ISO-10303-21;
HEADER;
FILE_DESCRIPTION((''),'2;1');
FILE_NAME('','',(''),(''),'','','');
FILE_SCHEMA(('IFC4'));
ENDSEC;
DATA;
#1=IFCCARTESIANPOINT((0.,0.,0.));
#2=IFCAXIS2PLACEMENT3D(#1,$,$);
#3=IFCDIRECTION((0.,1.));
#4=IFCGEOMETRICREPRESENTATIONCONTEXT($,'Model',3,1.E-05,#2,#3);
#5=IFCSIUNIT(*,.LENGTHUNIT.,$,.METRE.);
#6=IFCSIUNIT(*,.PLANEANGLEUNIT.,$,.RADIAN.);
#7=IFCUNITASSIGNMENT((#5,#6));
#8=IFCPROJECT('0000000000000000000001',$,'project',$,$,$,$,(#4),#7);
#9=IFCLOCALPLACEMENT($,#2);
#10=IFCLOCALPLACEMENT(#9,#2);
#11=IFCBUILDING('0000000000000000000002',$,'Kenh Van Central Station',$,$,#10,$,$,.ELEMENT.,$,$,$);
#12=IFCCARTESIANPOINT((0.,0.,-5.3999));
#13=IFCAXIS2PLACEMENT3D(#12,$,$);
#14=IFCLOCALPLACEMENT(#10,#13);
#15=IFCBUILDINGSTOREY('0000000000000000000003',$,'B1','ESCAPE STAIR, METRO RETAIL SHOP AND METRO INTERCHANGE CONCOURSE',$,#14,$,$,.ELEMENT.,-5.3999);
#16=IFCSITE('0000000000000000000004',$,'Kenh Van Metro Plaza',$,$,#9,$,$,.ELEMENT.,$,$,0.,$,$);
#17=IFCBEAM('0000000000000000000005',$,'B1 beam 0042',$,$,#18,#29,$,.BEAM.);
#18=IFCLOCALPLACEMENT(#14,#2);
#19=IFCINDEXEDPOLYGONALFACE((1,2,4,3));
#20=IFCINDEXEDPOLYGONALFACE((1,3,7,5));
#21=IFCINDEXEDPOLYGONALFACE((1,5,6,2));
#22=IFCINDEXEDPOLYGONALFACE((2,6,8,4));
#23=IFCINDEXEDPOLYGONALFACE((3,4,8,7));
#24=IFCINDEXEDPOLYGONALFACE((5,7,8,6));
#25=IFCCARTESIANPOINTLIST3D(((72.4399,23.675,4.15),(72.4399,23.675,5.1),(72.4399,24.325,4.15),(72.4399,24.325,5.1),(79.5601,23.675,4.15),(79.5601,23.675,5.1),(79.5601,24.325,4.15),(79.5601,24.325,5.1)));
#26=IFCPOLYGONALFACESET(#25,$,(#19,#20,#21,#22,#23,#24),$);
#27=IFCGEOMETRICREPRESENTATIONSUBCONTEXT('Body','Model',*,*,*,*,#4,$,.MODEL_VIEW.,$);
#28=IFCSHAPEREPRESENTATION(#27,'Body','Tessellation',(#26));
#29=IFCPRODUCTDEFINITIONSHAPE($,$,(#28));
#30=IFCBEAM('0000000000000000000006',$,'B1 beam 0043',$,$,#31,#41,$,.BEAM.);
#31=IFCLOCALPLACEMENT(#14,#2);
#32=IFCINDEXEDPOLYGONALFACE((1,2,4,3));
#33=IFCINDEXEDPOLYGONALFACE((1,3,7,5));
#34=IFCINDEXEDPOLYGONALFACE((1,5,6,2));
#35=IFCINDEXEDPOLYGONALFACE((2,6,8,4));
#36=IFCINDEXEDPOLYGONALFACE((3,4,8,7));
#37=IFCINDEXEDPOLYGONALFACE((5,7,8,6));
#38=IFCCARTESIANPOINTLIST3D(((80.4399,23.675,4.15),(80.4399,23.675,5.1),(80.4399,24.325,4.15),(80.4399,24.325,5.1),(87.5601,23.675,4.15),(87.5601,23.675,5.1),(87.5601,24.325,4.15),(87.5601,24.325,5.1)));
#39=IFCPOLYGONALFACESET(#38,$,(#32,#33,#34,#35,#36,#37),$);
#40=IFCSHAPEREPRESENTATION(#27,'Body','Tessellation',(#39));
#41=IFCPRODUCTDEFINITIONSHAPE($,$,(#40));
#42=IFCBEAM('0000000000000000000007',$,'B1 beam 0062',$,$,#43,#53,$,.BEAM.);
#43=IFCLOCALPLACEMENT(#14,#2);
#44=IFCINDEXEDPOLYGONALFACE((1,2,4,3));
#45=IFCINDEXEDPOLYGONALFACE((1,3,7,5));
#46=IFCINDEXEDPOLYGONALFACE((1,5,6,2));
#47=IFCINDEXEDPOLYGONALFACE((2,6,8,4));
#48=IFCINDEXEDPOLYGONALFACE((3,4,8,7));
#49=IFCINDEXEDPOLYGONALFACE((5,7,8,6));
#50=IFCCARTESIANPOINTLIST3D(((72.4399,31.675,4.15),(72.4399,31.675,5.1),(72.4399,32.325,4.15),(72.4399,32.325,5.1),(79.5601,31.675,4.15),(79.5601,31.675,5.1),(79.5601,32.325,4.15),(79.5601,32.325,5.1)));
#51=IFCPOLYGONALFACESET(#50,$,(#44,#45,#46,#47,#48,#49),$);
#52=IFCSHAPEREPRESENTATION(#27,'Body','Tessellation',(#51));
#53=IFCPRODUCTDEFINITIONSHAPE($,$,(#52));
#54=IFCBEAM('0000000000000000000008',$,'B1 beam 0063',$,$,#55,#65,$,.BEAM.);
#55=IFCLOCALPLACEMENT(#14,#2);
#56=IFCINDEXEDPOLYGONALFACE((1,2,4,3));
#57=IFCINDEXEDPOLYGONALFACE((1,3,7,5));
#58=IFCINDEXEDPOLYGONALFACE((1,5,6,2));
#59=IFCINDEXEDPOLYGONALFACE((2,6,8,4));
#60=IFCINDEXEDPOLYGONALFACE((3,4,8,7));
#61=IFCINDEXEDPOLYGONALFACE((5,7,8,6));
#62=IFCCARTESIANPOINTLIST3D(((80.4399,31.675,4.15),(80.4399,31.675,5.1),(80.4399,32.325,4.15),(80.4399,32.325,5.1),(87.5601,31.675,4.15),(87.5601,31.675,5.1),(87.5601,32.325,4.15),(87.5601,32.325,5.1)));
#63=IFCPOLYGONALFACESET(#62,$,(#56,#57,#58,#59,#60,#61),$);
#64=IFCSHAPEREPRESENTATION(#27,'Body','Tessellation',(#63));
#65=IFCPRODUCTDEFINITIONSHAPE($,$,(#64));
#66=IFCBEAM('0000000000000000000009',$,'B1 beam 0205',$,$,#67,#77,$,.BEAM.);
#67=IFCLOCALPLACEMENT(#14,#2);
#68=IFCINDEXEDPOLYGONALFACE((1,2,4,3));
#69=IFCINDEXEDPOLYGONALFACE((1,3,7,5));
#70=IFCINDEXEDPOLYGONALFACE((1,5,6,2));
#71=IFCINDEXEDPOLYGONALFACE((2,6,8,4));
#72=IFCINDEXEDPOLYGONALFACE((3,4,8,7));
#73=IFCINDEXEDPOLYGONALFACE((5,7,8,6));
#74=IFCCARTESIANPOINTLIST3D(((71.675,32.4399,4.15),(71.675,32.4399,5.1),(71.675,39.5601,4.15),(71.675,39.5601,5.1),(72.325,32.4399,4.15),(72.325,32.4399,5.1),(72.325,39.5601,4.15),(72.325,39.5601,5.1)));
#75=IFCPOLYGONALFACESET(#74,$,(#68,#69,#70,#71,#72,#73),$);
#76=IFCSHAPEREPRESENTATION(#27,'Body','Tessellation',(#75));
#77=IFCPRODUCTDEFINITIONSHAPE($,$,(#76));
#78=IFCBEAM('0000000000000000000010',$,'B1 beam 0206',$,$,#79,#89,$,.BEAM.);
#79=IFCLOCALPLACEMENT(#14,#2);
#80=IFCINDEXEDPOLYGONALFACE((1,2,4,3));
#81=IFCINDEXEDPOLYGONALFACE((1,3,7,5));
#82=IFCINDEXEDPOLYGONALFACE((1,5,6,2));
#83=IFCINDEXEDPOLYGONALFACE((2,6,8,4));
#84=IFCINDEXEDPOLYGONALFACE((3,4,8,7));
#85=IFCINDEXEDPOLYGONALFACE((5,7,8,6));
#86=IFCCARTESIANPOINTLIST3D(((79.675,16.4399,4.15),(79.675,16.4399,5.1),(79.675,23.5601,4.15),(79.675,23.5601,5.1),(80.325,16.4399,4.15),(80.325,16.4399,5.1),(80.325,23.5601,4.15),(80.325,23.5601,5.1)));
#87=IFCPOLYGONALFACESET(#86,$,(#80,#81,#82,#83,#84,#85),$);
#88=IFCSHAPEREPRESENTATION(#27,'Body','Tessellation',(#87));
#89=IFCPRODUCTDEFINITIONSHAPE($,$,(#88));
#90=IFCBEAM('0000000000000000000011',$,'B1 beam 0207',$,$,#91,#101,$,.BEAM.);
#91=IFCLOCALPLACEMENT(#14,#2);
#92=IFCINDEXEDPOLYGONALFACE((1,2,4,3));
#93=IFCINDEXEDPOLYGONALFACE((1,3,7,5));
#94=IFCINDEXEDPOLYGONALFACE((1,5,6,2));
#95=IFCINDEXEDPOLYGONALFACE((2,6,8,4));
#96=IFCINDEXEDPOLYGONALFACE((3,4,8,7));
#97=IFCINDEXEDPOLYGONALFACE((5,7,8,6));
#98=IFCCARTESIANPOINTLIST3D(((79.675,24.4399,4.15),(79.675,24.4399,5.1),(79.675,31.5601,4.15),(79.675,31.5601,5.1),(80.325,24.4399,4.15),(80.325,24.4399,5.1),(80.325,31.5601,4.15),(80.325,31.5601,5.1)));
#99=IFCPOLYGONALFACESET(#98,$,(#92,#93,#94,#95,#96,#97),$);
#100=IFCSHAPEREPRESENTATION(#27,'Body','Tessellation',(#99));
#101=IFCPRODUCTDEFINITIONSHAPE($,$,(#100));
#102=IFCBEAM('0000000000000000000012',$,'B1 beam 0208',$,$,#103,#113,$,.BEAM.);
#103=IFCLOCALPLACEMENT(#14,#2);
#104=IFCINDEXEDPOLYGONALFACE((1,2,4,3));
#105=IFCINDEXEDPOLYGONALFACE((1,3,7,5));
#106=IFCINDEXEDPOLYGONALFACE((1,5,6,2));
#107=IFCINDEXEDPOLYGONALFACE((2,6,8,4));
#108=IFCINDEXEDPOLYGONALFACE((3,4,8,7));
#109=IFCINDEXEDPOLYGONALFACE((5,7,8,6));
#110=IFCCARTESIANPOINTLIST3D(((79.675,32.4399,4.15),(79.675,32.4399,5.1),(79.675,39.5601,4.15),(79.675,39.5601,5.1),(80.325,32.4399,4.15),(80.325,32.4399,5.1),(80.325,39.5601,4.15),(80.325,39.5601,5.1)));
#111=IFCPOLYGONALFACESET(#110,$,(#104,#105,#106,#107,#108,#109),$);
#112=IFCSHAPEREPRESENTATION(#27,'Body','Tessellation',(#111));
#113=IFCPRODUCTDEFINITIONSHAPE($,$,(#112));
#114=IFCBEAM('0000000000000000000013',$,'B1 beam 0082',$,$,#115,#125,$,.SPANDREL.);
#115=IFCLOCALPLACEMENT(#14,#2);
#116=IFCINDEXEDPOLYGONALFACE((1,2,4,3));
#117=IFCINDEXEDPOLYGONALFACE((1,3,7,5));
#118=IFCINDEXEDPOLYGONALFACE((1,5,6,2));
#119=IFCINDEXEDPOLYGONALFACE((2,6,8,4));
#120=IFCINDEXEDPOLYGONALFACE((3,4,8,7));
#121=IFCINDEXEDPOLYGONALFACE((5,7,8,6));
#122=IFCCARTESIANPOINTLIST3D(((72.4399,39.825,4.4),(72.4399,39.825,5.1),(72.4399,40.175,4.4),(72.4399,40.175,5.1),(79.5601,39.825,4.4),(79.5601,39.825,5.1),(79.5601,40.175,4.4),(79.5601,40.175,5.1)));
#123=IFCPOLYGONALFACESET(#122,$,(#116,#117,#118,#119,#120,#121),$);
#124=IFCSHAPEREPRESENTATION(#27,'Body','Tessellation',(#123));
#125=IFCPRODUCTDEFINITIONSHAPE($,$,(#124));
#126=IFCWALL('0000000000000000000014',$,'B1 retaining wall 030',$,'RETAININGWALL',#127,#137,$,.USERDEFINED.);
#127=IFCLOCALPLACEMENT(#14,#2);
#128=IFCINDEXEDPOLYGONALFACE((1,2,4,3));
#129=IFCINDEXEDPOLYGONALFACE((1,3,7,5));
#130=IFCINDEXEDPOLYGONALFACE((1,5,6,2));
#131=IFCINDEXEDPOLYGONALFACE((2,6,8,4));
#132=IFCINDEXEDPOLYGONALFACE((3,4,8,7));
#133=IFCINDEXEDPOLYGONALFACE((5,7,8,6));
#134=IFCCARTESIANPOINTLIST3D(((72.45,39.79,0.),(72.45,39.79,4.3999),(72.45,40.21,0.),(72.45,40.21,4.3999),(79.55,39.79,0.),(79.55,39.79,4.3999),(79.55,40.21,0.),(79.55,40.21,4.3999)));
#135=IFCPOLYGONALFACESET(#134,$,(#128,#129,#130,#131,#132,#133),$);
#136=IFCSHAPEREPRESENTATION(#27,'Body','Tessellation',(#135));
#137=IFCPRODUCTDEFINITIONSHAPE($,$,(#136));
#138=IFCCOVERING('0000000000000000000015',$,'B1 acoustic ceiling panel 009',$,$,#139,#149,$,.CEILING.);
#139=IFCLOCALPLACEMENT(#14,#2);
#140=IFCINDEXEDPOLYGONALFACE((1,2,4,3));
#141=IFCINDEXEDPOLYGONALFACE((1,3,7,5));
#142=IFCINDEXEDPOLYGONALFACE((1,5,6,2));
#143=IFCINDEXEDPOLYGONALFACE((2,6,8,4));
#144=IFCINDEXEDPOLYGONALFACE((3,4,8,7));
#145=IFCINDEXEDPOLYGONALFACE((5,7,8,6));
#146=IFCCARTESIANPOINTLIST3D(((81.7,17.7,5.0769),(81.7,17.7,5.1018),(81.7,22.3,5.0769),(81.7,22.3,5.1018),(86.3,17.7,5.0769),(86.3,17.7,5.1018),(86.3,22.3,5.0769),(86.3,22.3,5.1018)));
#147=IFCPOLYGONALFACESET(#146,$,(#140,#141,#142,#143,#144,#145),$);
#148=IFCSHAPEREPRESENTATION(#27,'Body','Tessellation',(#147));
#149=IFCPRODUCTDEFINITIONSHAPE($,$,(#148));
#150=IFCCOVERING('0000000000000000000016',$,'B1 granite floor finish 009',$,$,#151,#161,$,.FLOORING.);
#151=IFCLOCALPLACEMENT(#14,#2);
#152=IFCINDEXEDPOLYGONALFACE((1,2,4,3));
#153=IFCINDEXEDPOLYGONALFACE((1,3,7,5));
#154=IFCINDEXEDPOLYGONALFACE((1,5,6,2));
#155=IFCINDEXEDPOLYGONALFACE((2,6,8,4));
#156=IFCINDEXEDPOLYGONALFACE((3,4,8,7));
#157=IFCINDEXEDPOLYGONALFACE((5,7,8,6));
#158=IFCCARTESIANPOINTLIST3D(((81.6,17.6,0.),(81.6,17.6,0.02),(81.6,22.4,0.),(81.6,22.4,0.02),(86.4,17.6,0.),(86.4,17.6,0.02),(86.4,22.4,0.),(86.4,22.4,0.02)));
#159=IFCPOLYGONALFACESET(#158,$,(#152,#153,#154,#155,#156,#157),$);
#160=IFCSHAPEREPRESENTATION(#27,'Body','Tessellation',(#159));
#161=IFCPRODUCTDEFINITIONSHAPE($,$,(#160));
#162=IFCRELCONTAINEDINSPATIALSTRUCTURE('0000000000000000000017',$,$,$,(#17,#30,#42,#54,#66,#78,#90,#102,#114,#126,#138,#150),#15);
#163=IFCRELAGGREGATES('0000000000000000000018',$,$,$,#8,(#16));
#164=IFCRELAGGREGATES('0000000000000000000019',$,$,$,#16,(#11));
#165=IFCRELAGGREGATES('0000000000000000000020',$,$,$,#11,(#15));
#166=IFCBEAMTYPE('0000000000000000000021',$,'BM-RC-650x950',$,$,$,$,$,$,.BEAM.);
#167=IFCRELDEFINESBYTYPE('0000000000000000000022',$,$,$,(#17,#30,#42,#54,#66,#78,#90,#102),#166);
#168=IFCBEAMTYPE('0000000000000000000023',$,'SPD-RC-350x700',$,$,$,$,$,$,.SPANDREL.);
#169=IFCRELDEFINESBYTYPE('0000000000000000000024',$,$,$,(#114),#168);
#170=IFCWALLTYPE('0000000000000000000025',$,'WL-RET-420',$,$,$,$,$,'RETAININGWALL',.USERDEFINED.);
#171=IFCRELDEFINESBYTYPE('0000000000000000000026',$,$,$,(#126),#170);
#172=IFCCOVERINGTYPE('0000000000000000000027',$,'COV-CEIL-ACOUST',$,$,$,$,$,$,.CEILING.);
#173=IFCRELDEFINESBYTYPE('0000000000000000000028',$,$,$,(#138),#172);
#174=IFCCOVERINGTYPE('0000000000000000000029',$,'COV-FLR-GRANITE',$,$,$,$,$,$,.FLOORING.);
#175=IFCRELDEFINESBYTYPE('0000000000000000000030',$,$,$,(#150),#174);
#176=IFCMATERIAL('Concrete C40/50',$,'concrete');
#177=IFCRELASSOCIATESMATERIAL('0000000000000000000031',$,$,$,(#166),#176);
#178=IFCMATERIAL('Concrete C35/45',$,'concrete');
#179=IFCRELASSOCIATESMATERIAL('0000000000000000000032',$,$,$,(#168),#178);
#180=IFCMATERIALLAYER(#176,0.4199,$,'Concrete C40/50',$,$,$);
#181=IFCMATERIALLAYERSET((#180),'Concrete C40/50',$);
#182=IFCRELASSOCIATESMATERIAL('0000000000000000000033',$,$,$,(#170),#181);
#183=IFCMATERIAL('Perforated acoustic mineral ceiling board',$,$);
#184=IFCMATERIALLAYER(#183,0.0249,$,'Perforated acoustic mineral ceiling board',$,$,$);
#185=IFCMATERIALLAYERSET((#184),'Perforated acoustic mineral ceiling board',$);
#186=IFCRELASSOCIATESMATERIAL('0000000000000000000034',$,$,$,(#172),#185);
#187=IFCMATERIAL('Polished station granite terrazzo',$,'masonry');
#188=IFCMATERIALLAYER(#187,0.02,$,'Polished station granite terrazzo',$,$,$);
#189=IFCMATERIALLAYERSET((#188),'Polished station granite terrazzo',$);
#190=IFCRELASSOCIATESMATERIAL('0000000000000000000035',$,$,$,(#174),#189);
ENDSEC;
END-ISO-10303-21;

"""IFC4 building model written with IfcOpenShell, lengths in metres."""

from ifc_helpers import new_model, si_unit, direction, frame, frame_2d, origin, origin_2d, place, context, subcontext, project, spatial, rectangle, extrude, material, layer, layer_set, material_profile, profile_set, type_object, element, save


model = new_model("IFC4")

# Units and contexts
model_context = context("Model", 3, precision=1e-05, world=origin(), true_north=direction((0.0, 1.0)))
body_context = subcontext(model_context, "Body", "Model", "MODEL_VIEW")
ifc_project = project(units=[si_unit("LENGTHUNIT", "METRE"), si_unit("PLANEANGLEUNIT", "RADIAN")], contexts=[model_context])

# Site, building, storey
site_placement = place(None, origin())
site = spatial("IfcSite", under=ifc_project, at=site_placement, Name="Kenh Van Metro Plaza", CompositionType="ELEMENT", RefElevation=0.0)
building_placement = place(site_placement, origin())
building = spatial("IfcBuilding", under=site, at=building_placement, Name="Kenh Van Central Station", CompositionType="ELEMENT")
storey_placement = place(building_placement, frame((0.0, 0.0, -5.3999)))
storey = spatial("IfcBuildingStorey", under=building, at=storey_placement, Name="B1", Description="ESCAPE STAIR, METRO RETAIL SHOP AND METRO INTERCHANGE CONCOURSE", CompositionType="ELEMENT", Elevation=-5.3999)

# Shared definitions
ifc_material_1 = material(Name="Concrete C40/50", Category="concrete")

# Beams
ifc_material_profile_1 = material_profile(ifc_material_1, rectangle(XDim=0.6499, YDim=0.95, at=origin_2d()), Name="RC 650x950")
ifc_profile_set_1 = profile_set([ifc_material_profile_1], Name="Concrete C40/50")
beam_type_1 = type_object("IfcBeamType", Name="BM-RC-650x950", PredefinedType="BEAM", material=ifc_profile_set_1)
for number, where, z_axis, x_axis, name in (
    (1, (72.4399, 24.0, 4.625), (1.0, 0.0, 0.0), (0.0, 1.0, 0.0), "B1 beam 0042"),
    (2, (80.4399, 24.0, 4.625), (1.0, 0.0, 0.0), (0.0, 1.0, 0.0), "B1 beam 0043"),
    (3, (72.4399, 32.0, 4.625), (1.0, 0.0, 0.0), (0.0, 1.0, 0.0), "B1 beam 0062"),
    (4, (80.4399, 32.0, 4.625), (1.0, 0.0, 0.0), (0.0, 1.0, 0.0), "B1 beam 0063"),
    (5, (72.0, 32.4399, 4.625), (0.0, 1.0, 0.0), (-1.0, 0.0, 0.0), "B1 beam 0205"),
    (6, (80.0, 16.4399, 4.625), (0.0, 1.0, 0.0), (-1.0, 0.0, 0.0), "B1 beam 0206"),
    (7, (80.0, 24.4399, 4.625), (0.0, 1.0, 0.0), (-1.0, 0.0, 0.0), "B1 beam 0207"),
    (8, (80.0, 32.4399, 4.625), (0.0, 1.0, 0.0), (-1.0, 0.0, 0.0), "B1 beam 0208"),
):
    element("IfcBeam", number, at=place(storey_placement, frame(where, z_axis=z_axis, x_axis=x_axis)), inside=storey, type_object=beam_type_1, Name=name, PredefinedType="BEAM", context=body_context, shape_type="SweptSolid", body=[
        extrude(rectangle(XDim=0.6499, YDim=0.95, at=origin_2d()), origin(), (0.0, 0.0, 1.0), 7.1201),
    ])
ifc_material_2 = material(Name="Concrete C35/45", Category="concrete")
ifc_material_profile_2 = material_profile(ifc_material_2, rectangle(XDim=0.3501, YDim=0.7, at=origin_2d()), Name="RC 350x700")
ifc_profile_set_2 = profile_set([ifc_material_profile_2], Name="Concrete C35/45")
beam_type_2 = type_object("IfcBeamType", Name="SPD-RC-350x700", PredefinedType="SPANDREL", material=ifc_profile_set_2)
beam_placement = place(storey_placement, frame((72.4399, 40.0, 4.75), z_axis=(1.0, 0.0, 0.0), x_axis=(0.0, 1.0, 0.0)))
element("IfcBeam", 9, at=beam_placement, inside=storey, type_object=beam_type_2, Name="B1 beam 0082", PredefinedType="SPANDREL", context=body_context, shape_type="SweptSolid", body=[
    extrude(rectangle(XDim=0.3501, YDim=0.7, at=origin_2d()), origin(), (0.0, 0.0, 1.0), 7.1201),
])

# Wall
ifc_layer_1 = layer(ifc_material_1, 0.4199, Name="Concrete C40/50")
ifc_layer_set_1 = layer_set([ifc_layer_1], Name="Concrete C40/50")
wall_type = type_object("IfcWallType", Name="WL-RET-420", ElementType="RETAININGWALL", PredefinedType="USERDEFINED", material=ifc_layer_set_1)
wall_placement = place(storey_placement, frame((72.45, 40.0, 0.0), z_axis=(0.0, 0.0, 1.0), x_axis=(1.0, 0.0, 0.0)))
element("IfcWall", 10, at=wall_placement, inside=storey, type_object=wall_type, Name="B1 retaining wall 030", ObjectType="RETAININGWALL", PredefinedType="USERDEFINED", context=body_context, shape_type="SweptSolid", body=[
    extrude(rectangle(XDim=7.1001, YDim=0.4199, at=frame_2d((3.55, 0.0))), origin(), (0.0, 0.0, 1.0), 4.3999),
])

# Coverings
ifc_material_3 = material(Name="Perforated acoustic mineral ceiling board")
ifc_layer_2 = layer(ifc_material_3, 0.0249, Name="Perforated acoustic mineral ceiling board")
ifc_layer_set_2 = layer_set([ifc_layer_2], Name="Perforated acoustic mineral ceiling board")
covering_type_1 = type_object("IfcCoveringType", Name="COV-CEIL-ACOUST", PredefinedType="CEILING", material=ifc_layer_set_2)
covering_1_placement = place(storey_placement, frame((84.0, 20.0, 5.0769), z_axis=(0.0, 0.0, 1.0), x_axis=(1.0, 0.0, 0.0)))
element("IfcCovering", 11, at=covering_1_placement, inside=storey, type_object=covering_type_1, Name="B1 acoustic ceiling panel 009", PredefinedType="CEILING", context=body_context, shape_type="SweptSolid", body=[
    extrude(rectangle(XDim=4.6001, YDim=4.6001, at=origin_2d()), origin(), (0.0, 0.0, 1.0), 0.0249),
])
ifc_material_4 = material(Name="Polished station granite terrazzo", Category="masonry")
ifc_layer_3 = layer(ifc_material_4, 0.02, Name="Polished station granite terrazzo")
ifc_layer_set_3 = layer_set([ifc_layer_3], Name="Polished station granite terrazzo")
covering_type_2 = type_object("IfcCoveringType", Name="COV-FLR-GRANITE", PredefinedType="FLOORING", material=ifc_layer_set_3)
covering_2_placement = place(storey_placement, frame((84.0, 20.0, 0.0), z_axis=(0.0, 0.0, 1.0), x_axis=(1.0, 0.0, 0.0)))
element("IfcCovering", 12, at=covering_2_placement, inside=storey, type_object=covering_type_2, Name="B1 granite floor finish 009", PredefinedType="FLOORING", context=body_context, shape_type="SweptSolid", body=[
    extrude(rectangle(XDim=4.8, YDim=4.8, at=origin_2d()), origin(), (0.0, 0.0, 1.0), 0.02),
])

save(model, "model.ifc")
